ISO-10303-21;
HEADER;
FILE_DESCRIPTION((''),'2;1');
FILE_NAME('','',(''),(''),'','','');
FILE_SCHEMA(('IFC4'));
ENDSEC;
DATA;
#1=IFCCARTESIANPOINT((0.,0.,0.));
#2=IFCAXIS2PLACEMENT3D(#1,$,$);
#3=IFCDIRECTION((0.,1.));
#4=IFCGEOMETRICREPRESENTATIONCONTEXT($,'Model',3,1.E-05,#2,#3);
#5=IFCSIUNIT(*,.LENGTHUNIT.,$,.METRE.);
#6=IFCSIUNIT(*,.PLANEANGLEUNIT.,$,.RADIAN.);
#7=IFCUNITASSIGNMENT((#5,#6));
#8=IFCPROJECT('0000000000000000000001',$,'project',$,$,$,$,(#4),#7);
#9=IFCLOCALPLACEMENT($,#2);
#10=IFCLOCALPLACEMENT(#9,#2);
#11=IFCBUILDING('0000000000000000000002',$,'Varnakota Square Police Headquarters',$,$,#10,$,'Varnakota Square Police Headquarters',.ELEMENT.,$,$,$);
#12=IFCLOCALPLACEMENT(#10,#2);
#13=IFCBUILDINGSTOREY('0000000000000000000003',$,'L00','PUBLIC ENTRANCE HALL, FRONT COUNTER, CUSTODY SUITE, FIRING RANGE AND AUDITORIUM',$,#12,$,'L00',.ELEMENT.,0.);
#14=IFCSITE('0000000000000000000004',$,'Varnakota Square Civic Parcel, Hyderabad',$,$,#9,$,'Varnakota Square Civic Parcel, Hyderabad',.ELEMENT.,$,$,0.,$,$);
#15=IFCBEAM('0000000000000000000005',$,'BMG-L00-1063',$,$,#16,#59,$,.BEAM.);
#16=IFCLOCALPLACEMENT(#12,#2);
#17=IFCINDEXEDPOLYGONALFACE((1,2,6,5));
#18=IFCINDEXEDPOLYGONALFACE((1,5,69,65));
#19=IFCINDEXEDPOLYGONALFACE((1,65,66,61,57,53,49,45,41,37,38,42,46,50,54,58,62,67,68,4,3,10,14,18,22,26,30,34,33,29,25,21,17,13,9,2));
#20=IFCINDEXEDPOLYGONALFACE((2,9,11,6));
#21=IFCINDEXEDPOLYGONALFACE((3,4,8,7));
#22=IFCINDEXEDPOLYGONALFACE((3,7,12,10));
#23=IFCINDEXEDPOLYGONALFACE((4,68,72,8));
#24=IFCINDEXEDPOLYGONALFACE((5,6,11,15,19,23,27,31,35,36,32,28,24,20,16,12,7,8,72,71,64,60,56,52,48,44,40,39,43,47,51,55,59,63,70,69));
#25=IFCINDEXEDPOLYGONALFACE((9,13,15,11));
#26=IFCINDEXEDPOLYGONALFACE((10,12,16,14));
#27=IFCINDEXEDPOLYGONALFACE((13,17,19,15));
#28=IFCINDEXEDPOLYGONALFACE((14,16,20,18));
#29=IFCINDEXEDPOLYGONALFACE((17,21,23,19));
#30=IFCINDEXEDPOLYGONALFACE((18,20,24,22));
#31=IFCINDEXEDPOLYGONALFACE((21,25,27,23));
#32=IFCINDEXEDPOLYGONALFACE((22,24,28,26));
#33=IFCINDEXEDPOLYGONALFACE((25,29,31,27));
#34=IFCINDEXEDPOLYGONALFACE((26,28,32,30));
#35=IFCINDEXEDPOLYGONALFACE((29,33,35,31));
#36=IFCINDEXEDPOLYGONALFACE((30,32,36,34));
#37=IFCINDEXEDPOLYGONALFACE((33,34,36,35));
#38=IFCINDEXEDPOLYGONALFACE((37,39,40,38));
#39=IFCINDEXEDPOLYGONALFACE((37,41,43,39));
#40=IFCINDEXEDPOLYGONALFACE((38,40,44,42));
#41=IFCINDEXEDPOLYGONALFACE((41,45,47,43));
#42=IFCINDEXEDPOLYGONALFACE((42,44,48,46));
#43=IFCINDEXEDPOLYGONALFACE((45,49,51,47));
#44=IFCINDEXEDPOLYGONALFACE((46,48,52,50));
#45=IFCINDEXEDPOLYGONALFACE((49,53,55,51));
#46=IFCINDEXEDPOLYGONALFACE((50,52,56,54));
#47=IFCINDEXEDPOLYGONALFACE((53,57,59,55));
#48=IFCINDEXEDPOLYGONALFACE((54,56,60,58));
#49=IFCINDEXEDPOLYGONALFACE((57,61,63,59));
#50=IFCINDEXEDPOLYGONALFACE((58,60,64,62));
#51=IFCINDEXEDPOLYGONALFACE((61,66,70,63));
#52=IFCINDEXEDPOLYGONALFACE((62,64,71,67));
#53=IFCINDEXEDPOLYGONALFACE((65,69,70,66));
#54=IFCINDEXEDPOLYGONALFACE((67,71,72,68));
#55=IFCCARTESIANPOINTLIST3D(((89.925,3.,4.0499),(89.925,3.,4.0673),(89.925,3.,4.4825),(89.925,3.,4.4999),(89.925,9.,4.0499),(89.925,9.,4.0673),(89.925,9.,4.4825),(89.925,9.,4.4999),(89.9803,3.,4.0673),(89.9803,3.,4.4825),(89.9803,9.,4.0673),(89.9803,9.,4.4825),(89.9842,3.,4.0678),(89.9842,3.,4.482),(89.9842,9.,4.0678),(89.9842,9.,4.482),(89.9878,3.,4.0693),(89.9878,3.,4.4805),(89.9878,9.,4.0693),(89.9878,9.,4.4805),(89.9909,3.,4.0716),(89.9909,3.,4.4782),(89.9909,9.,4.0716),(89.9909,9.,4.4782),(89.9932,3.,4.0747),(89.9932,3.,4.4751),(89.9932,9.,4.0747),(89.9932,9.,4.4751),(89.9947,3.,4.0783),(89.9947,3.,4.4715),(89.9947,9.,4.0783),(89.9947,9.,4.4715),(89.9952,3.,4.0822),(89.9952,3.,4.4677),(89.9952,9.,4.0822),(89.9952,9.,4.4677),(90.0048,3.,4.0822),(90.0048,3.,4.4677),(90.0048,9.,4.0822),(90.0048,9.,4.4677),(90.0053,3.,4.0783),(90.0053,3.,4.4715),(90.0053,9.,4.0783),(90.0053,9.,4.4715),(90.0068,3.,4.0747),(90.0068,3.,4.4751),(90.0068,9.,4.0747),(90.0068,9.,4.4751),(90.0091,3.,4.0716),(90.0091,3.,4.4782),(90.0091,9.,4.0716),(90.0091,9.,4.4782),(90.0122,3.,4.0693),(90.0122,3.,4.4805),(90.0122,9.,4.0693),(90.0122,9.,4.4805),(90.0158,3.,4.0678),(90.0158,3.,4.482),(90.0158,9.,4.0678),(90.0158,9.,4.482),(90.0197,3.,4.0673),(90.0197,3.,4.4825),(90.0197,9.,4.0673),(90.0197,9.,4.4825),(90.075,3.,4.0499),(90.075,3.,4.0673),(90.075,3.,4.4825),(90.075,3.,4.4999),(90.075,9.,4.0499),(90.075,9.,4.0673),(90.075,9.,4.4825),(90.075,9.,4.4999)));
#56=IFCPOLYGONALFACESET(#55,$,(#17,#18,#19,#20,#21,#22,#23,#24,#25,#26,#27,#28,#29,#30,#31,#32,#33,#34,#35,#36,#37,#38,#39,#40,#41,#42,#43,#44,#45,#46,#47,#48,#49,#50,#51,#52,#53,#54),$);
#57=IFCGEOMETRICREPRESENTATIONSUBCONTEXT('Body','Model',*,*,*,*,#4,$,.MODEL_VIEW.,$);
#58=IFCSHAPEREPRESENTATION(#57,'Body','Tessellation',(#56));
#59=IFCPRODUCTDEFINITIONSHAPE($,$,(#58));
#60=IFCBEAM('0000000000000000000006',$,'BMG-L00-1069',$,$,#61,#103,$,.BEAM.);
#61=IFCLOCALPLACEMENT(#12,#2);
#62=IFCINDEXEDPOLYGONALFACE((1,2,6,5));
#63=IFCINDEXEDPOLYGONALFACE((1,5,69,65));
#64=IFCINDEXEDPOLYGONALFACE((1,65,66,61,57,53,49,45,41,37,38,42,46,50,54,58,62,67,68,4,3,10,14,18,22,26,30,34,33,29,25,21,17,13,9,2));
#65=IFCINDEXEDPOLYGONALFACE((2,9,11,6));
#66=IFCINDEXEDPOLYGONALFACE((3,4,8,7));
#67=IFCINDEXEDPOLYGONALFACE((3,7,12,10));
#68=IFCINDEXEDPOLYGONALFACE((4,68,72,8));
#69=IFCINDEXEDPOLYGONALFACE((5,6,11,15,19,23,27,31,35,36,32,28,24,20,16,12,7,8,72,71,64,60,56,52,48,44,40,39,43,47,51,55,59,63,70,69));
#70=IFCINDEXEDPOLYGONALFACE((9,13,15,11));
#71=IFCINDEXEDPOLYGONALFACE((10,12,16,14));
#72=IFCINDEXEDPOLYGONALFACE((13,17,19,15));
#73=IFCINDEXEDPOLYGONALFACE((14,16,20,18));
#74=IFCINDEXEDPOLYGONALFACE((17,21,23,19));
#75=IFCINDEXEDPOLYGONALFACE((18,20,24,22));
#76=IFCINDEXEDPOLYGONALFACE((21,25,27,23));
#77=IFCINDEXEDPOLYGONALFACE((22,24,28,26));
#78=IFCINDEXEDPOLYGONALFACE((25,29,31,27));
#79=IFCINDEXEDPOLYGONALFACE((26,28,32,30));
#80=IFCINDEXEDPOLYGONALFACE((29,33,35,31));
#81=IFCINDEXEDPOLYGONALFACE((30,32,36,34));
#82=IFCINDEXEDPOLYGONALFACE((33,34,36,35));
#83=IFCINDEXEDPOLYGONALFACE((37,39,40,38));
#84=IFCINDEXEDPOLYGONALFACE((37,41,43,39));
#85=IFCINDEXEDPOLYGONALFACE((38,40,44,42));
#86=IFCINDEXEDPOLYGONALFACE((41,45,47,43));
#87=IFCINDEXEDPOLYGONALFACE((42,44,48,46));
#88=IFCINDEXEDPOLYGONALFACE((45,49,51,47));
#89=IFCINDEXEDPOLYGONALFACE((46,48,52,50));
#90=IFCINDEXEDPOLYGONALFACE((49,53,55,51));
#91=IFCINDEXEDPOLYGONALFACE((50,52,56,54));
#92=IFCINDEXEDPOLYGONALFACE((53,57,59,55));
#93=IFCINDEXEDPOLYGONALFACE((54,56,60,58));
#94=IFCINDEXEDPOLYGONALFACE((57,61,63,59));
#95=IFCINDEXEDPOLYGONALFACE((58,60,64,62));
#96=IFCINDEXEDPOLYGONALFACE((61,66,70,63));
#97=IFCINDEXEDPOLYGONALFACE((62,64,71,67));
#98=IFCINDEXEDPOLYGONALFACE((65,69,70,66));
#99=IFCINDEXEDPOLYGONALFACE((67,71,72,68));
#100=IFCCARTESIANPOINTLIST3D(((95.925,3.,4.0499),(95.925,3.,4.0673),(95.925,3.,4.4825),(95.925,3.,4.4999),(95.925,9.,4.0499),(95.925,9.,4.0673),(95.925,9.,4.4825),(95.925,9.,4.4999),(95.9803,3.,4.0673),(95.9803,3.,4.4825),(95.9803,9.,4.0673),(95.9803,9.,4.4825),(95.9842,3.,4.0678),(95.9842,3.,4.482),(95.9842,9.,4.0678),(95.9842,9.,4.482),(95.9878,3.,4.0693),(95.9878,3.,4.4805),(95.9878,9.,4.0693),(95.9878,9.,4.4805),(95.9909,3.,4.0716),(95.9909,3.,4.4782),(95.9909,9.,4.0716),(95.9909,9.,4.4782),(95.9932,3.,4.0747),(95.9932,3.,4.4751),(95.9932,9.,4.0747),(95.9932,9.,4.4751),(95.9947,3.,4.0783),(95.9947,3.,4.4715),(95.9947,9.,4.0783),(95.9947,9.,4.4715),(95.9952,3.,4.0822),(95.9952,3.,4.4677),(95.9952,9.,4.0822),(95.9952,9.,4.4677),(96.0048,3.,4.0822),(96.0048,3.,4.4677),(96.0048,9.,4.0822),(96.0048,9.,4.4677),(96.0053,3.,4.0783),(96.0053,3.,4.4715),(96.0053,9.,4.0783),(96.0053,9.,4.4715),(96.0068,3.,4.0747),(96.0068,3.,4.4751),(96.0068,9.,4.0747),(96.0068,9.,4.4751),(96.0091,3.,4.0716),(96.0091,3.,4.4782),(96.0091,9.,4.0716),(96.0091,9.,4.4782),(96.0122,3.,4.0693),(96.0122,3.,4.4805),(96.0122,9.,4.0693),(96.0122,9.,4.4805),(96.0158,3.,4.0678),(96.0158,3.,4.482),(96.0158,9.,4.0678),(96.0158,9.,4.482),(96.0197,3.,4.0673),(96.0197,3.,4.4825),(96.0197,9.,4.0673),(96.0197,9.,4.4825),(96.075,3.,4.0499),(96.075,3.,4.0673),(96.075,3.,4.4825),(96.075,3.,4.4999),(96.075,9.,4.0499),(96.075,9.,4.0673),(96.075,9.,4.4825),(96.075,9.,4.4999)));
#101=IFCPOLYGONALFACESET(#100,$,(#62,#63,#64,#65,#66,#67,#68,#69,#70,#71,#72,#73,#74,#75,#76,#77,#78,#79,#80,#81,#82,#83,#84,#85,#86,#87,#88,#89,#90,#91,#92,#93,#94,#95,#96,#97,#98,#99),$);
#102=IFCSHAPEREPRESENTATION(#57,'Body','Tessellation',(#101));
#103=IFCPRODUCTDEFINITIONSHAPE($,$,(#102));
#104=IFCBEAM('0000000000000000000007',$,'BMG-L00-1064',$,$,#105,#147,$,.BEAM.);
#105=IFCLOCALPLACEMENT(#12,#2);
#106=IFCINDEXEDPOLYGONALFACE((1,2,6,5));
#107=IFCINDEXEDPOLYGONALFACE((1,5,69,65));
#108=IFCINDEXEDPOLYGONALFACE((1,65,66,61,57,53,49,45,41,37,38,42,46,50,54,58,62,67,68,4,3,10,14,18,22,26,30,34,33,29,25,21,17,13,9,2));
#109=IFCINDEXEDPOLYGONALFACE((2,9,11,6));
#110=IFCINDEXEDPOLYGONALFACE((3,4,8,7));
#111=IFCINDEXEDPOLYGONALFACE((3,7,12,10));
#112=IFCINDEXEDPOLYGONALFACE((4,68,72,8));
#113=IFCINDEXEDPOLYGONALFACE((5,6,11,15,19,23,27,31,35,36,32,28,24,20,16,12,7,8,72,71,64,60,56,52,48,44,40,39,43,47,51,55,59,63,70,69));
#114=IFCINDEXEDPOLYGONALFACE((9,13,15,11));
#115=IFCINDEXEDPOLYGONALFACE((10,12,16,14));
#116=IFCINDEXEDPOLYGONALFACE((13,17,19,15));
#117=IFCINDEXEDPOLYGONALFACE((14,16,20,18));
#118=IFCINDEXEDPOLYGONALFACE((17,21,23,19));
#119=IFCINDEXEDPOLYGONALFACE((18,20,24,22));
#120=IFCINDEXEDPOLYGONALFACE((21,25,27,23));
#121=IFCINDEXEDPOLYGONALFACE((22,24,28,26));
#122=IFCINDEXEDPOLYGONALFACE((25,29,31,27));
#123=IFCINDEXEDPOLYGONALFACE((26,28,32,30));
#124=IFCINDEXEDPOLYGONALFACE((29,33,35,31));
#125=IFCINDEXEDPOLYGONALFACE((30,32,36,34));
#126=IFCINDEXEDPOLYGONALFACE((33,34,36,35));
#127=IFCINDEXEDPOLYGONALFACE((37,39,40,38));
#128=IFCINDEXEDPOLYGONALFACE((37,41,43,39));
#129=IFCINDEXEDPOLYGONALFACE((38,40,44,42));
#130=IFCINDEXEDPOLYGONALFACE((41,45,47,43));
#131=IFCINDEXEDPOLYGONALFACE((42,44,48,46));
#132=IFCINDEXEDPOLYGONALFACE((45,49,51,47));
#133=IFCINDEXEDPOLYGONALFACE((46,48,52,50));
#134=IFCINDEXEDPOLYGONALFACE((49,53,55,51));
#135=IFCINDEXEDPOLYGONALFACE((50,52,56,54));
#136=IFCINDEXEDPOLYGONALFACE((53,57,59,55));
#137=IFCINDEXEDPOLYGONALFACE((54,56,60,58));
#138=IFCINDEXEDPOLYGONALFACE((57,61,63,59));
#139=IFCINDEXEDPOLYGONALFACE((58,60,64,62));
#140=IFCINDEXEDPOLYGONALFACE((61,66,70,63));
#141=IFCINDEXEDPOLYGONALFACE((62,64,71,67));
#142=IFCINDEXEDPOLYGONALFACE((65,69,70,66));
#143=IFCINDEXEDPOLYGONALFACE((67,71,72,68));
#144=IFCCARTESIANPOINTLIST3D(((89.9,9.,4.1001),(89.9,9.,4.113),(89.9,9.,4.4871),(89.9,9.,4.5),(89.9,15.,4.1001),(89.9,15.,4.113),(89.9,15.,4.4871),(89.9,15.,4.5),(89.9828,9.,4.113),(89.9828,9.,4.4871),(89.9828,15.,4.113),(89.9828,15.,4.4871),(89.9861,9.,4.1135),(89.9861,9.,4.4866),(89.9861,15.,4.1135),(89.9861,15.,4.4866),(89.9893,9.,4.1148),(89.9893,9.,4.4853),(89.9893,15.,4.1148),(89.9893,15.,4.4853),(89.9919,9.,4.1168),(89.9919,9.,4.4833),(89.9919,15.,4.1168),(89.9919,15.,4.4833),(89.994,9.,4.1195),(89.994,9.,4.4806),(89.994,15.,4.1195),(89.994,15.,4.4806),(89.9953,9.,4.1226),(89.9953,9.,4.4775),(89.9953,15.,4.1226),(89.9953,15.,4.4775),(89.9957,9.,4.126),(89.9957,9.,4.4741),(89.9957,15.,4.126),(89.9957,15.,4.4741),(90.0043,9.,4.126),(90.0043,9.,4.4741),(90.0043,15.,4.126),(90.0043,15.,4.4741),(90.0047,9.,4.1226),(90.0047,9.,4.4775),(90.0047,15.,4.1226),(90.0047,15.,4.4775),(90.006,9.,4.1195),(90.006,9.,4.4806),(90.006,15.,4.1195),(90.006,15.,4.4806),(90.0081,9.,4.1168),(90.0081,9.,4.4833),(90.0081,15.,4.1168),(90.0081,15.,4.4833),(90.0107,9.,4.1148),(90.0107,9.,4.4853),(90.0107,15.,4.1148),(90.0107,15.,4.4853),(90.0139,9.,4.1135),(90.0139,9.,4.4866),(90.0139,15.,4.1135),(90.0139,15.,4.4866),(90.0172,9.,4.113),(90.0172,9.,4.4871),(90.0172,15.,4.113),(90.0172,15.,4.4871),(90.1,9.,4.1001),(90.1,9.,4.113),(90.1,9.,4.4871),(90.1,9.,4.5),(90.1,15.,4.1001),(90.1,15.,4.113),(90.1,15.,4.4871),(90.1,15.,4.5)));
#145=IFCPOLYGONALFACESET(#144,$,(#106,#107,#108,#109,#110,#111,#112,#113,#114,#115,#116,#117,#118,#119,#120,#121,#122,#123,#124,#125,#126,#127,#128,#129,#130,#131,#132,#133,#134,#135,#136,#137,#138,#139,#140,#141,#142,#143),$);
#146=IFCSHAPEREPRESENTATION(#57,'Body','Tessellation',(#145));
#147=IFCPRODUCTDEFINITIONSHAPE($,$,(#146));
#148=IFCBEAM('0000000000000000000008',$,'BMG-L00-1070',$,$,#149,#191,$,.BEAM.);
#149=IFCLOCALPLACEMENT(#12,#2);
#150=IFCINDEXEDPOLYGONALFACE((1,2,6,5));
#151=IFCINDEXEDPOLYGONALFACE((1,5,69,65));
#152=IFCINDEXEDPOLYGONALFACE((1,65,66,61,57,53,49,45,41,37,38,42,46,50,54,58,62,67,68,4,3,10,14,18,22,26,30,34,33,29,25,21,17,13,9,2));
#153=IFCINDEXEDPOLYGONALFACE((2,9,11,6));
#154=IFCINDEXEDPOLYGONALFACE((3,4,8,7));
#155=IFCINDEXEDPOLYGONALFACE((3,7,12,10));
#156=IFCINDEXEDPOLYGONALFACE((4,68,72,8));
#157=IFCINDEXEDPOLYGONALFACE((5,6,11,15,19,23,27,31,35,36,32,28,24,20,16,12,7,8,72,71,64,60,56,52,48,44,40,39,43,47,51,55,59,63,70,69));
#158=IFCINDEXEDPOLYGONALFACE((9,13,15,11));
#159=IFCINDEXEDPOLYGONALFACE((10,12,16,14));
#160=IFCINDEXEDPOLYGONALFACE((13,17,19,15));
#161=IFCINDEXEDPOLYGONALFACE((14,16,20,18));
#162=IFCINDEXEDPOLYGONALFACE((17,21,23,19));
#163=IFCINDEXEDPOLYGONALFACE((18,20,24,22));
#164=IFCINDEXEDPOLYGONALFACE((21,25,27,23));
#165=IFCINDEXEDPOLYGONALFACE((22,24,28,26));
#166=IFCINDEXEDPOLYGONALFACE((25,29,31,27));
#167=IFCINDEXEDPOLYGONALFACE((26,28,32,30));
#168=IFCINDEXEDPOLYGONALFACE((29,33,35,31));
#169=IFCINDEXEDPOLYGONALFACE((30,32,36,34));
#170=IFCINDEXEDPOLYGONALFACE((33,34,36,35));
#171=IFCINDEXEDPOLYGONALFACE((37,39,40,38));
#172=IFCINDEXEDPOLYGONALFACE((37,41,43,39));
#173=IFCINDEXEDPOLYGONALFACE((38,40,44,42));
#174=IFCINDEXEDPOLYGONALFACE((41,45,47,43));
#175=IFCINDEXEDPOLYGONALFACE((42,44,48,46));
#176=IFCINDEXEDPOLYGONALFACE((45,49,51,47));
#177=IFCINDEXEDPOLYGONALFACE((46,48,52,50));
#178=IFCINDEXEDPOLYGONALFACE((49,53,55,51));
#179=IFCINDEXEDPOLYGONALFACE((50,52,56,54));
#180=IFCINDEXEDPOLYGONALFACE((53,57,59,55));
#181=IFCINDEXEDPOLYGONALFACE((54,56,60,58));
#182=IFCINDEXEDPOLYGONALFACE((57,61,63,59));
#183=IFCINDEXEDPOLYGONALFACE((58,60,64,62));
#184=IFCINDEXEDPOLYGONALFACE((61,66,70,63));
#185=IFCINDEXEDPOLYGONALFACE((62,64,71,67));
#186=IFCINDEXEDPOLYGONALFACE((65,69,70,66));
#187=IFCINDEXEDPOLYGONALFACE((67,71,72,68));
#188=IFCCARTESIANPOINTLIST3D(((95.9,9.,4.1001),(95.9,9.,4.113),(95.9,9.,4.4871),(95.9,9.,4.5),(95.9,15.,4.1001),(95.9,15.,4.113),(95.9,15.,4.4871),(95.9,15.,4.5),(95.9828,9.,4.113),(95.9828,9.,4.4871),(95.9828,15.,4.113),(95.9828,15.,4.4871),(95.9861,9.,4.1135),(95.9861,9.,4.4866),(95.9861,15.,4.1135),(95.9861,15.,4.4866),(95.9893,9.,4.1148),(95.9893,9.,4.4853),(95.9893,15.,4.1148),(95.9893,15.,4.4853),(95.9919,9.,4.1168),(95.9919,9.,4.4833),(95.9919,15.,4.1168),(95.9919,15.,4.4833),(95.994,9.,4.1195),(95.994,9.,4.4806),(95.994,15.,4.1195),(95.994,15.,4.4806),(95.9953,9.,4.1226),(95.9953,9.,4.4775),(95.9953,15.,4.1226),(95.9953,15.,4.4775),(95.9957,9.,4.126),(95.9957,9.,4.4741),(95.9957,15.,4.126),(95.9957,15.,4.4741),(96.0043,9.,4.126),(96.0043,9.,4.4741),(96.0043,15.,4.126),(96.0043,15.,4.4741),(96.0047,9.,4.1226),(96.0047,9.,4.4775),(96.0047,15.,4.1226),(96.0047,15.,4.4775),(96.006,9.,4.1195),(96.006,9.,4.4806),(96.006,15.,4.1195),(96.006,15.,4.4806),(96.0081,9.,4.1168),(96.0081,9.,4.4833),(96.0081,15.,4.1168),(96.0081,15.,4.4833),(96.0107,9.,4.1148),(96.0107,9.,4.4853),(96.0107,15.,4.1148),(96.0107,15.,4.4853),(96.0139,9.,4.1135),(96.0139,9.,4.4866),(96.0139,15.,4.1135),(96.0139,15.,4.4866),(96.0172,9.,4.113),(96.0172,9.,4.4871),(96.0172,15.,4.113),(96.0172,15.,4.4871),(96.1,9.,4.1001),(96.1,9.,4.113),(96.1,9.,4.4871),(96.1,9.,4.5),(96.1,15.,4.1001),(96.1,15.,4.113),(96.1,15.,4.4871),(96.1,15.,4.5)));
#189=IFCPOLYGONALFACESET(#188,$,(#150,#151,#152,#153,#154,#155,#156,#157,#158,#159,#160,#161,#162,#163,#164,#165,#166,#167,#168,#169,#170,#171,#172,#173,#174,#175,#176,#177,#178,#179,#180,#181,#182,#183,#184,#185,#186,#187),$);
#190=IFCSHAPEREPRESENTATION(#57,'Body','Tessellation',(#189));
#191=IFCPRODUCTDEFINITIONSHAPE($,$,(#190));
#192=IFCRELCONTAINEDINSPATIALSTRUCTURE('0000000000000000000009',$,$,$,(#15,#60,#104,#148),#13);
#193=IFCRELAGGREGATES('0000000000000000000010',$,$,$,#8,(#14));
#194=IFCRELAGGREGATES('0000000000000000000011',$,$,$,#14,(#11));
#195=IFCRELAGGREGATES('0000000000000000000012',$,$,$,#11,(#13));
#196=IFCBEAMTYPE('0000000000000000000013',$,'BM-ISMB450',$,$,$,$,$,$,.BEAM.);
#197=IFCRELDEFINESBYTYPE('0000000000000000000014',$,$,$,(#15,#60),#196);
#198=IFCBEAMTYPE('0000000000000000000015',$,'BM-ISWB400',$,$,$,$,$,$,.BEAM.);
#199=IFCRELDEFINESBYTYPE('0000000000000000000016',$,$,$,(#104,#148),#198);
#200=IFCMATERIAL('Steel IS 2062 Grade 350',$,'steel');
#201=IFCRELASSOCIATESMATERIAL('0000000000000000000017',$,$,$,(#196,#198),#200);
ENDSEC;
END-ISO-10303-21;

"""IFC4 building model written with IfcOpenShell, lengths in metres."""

from ifc_helpers import new_model, si_unit, direction, frame, origin, origin_2d, place, context, subcontext, project, spatial, i_section, extrude, material, material_profile, profile_set, type_object, element, save


model = new_model("IFC4")

# Units and contexts
model_context = context("Model", 3, precision=1e-05, world=origin(), true_north=direction((0.0, 1.0)))
body_context = subcontext(model_context, "Body", "Model", "MODEL_VIEW")
ifc_project = project(units=[si_unit("LENGTHUNIT", "METRE"), si_unit("PLANEANGLEUNIT", "RADIAN")], contexts=[model_context])

# Site, building, storey
site_placement = place(None, origin())
site = spatial("IfcSite", under=ifc_project, at=site_placement, Name="Varnakota Square Civic Parcel, Hyderabad", LongName="Varnakota Square Civic Parcel, Hyderabad", CompositionType="ELEMENT", RefElevation=0.0)
building_placement = place(site_placement, origin())
building = spatial("IfcBuilding", under=site, at=building_placement, Name="Varnakota Square Police Headquarters", LongName="Varnakota Square Police Headquarters", CompositionType="ELEMENT")
storey_placement = place(building_placement, origin())
storey = spatial("IfcBuildingStorey", under=building, at=storey_placement, Name="L00", Description="PUBLIC ENTRANCE HALL, FRONT COUNTER, CUSTODY SUITE, FIRING RANGE AND AUDITORIUM", LongName="L00", CompositionType="ELEMENT", Elevation=0.0)

# Beams
ifc_material_1 = material(Name="Steel IS 2062 Grade 350", Category="steel")
ifc_material_profile_1 = material_profile(ifc_material_1, i_section(OverallWidth=0.1499, OverallDepth=0.45, WebThickness=0.0095, FlangeThickness=0.0173, FilletRadius=0.0149, at=origin_2d()), Name="ISMB 450")
ifc_profile_set_1 = profile_set([ifc_material_profile_1], Name="Steel IS 2062 Grade 350")
beam_type_1 = type_object("IfcBeamType", Name="BM-ISMB450", PredefinedType="BEAM", material=ifc_profile_set_1)
for number, where, z_axis, x_axis, name in (
    (1, (90.0, 3.0, 4.2749), (0.0, 1.0, 0.0), (-1.0, 0.0, 0.0), "BMG-L00-1063"),
    (2, (96.0, 3.0, 4.2749), (0.0, 1.0, 0.0), (-1.0, 0.0, 0.0), "BMG-L00-1069"),
):
    element("IfcBeam", number, at=place(storey_placement, frame(where, z_axis=z_axis, x_axis=x_axis)), inside=storey, type_object=beam_type_1, Name=name, PredefinedType="BEAM", context=body_context, shape_type="SweptSolid", body=[
        extrude(i_section(OverallWidth=0.1499, OverallDepth=0.45, WebThickness=0.0095, FlangeThickness=0.0173, FilletRadius=0.0149, at=origin_2d()), origin(), (0.0, 0.0, 1.0), 6.0),
    ])
ifc_material_profile_2 = material_profile(ifc_material_1, i_section(OverallWidth=0.2, OverallDepth=0.3999, WebThickness=0.0085, FlangeThickness=0.0129, FilletRadius=0.0129, at=origin_2d()), Name="ISWB 400")
ifc_profile_set_2 = profile_set([ifc_material_profile_2], Name="Steel IS 2062 Grade 350")
beam_type_2 = type_object("IfcBeamType", Name="BM-ISWB400", PredefinedType="BEAM", material=ifc_profile_set_2)
for number, where, z_axis, x_axis, name in (
    (3, (90.0, 9.0, 4.3), (0.0, 1.0, 0.0), (-1.0, 0.0, 0.0), "BMG-L00-1064"),
    (4, (96.0, 9.0, 4.3), (0.0, 1.0, 0.0), (-1.0, 0.0, 0.0), "BMG-L00-1070"),
):
    element("IfcBeam", number, at=place(storey_placement, frame(where, z_axis=z_axis, x_axis=x_axis)), inside=storey, type_object=beam_type_2, Name=name, PredefinedType="BEAM", context=body_context, shape_type="SweptSolid", body=[
        extrude(i_section(OverallWidth=0.2, OverallDepth=0.3999, WebThickness=0.0085, FlangeThickness=0.0129, FilletRadius=0.0129, at=origin_2d()), origin(), (0.0, 0.0, 1.0), 6.0),
    ])

save(model, "model.ifc")
